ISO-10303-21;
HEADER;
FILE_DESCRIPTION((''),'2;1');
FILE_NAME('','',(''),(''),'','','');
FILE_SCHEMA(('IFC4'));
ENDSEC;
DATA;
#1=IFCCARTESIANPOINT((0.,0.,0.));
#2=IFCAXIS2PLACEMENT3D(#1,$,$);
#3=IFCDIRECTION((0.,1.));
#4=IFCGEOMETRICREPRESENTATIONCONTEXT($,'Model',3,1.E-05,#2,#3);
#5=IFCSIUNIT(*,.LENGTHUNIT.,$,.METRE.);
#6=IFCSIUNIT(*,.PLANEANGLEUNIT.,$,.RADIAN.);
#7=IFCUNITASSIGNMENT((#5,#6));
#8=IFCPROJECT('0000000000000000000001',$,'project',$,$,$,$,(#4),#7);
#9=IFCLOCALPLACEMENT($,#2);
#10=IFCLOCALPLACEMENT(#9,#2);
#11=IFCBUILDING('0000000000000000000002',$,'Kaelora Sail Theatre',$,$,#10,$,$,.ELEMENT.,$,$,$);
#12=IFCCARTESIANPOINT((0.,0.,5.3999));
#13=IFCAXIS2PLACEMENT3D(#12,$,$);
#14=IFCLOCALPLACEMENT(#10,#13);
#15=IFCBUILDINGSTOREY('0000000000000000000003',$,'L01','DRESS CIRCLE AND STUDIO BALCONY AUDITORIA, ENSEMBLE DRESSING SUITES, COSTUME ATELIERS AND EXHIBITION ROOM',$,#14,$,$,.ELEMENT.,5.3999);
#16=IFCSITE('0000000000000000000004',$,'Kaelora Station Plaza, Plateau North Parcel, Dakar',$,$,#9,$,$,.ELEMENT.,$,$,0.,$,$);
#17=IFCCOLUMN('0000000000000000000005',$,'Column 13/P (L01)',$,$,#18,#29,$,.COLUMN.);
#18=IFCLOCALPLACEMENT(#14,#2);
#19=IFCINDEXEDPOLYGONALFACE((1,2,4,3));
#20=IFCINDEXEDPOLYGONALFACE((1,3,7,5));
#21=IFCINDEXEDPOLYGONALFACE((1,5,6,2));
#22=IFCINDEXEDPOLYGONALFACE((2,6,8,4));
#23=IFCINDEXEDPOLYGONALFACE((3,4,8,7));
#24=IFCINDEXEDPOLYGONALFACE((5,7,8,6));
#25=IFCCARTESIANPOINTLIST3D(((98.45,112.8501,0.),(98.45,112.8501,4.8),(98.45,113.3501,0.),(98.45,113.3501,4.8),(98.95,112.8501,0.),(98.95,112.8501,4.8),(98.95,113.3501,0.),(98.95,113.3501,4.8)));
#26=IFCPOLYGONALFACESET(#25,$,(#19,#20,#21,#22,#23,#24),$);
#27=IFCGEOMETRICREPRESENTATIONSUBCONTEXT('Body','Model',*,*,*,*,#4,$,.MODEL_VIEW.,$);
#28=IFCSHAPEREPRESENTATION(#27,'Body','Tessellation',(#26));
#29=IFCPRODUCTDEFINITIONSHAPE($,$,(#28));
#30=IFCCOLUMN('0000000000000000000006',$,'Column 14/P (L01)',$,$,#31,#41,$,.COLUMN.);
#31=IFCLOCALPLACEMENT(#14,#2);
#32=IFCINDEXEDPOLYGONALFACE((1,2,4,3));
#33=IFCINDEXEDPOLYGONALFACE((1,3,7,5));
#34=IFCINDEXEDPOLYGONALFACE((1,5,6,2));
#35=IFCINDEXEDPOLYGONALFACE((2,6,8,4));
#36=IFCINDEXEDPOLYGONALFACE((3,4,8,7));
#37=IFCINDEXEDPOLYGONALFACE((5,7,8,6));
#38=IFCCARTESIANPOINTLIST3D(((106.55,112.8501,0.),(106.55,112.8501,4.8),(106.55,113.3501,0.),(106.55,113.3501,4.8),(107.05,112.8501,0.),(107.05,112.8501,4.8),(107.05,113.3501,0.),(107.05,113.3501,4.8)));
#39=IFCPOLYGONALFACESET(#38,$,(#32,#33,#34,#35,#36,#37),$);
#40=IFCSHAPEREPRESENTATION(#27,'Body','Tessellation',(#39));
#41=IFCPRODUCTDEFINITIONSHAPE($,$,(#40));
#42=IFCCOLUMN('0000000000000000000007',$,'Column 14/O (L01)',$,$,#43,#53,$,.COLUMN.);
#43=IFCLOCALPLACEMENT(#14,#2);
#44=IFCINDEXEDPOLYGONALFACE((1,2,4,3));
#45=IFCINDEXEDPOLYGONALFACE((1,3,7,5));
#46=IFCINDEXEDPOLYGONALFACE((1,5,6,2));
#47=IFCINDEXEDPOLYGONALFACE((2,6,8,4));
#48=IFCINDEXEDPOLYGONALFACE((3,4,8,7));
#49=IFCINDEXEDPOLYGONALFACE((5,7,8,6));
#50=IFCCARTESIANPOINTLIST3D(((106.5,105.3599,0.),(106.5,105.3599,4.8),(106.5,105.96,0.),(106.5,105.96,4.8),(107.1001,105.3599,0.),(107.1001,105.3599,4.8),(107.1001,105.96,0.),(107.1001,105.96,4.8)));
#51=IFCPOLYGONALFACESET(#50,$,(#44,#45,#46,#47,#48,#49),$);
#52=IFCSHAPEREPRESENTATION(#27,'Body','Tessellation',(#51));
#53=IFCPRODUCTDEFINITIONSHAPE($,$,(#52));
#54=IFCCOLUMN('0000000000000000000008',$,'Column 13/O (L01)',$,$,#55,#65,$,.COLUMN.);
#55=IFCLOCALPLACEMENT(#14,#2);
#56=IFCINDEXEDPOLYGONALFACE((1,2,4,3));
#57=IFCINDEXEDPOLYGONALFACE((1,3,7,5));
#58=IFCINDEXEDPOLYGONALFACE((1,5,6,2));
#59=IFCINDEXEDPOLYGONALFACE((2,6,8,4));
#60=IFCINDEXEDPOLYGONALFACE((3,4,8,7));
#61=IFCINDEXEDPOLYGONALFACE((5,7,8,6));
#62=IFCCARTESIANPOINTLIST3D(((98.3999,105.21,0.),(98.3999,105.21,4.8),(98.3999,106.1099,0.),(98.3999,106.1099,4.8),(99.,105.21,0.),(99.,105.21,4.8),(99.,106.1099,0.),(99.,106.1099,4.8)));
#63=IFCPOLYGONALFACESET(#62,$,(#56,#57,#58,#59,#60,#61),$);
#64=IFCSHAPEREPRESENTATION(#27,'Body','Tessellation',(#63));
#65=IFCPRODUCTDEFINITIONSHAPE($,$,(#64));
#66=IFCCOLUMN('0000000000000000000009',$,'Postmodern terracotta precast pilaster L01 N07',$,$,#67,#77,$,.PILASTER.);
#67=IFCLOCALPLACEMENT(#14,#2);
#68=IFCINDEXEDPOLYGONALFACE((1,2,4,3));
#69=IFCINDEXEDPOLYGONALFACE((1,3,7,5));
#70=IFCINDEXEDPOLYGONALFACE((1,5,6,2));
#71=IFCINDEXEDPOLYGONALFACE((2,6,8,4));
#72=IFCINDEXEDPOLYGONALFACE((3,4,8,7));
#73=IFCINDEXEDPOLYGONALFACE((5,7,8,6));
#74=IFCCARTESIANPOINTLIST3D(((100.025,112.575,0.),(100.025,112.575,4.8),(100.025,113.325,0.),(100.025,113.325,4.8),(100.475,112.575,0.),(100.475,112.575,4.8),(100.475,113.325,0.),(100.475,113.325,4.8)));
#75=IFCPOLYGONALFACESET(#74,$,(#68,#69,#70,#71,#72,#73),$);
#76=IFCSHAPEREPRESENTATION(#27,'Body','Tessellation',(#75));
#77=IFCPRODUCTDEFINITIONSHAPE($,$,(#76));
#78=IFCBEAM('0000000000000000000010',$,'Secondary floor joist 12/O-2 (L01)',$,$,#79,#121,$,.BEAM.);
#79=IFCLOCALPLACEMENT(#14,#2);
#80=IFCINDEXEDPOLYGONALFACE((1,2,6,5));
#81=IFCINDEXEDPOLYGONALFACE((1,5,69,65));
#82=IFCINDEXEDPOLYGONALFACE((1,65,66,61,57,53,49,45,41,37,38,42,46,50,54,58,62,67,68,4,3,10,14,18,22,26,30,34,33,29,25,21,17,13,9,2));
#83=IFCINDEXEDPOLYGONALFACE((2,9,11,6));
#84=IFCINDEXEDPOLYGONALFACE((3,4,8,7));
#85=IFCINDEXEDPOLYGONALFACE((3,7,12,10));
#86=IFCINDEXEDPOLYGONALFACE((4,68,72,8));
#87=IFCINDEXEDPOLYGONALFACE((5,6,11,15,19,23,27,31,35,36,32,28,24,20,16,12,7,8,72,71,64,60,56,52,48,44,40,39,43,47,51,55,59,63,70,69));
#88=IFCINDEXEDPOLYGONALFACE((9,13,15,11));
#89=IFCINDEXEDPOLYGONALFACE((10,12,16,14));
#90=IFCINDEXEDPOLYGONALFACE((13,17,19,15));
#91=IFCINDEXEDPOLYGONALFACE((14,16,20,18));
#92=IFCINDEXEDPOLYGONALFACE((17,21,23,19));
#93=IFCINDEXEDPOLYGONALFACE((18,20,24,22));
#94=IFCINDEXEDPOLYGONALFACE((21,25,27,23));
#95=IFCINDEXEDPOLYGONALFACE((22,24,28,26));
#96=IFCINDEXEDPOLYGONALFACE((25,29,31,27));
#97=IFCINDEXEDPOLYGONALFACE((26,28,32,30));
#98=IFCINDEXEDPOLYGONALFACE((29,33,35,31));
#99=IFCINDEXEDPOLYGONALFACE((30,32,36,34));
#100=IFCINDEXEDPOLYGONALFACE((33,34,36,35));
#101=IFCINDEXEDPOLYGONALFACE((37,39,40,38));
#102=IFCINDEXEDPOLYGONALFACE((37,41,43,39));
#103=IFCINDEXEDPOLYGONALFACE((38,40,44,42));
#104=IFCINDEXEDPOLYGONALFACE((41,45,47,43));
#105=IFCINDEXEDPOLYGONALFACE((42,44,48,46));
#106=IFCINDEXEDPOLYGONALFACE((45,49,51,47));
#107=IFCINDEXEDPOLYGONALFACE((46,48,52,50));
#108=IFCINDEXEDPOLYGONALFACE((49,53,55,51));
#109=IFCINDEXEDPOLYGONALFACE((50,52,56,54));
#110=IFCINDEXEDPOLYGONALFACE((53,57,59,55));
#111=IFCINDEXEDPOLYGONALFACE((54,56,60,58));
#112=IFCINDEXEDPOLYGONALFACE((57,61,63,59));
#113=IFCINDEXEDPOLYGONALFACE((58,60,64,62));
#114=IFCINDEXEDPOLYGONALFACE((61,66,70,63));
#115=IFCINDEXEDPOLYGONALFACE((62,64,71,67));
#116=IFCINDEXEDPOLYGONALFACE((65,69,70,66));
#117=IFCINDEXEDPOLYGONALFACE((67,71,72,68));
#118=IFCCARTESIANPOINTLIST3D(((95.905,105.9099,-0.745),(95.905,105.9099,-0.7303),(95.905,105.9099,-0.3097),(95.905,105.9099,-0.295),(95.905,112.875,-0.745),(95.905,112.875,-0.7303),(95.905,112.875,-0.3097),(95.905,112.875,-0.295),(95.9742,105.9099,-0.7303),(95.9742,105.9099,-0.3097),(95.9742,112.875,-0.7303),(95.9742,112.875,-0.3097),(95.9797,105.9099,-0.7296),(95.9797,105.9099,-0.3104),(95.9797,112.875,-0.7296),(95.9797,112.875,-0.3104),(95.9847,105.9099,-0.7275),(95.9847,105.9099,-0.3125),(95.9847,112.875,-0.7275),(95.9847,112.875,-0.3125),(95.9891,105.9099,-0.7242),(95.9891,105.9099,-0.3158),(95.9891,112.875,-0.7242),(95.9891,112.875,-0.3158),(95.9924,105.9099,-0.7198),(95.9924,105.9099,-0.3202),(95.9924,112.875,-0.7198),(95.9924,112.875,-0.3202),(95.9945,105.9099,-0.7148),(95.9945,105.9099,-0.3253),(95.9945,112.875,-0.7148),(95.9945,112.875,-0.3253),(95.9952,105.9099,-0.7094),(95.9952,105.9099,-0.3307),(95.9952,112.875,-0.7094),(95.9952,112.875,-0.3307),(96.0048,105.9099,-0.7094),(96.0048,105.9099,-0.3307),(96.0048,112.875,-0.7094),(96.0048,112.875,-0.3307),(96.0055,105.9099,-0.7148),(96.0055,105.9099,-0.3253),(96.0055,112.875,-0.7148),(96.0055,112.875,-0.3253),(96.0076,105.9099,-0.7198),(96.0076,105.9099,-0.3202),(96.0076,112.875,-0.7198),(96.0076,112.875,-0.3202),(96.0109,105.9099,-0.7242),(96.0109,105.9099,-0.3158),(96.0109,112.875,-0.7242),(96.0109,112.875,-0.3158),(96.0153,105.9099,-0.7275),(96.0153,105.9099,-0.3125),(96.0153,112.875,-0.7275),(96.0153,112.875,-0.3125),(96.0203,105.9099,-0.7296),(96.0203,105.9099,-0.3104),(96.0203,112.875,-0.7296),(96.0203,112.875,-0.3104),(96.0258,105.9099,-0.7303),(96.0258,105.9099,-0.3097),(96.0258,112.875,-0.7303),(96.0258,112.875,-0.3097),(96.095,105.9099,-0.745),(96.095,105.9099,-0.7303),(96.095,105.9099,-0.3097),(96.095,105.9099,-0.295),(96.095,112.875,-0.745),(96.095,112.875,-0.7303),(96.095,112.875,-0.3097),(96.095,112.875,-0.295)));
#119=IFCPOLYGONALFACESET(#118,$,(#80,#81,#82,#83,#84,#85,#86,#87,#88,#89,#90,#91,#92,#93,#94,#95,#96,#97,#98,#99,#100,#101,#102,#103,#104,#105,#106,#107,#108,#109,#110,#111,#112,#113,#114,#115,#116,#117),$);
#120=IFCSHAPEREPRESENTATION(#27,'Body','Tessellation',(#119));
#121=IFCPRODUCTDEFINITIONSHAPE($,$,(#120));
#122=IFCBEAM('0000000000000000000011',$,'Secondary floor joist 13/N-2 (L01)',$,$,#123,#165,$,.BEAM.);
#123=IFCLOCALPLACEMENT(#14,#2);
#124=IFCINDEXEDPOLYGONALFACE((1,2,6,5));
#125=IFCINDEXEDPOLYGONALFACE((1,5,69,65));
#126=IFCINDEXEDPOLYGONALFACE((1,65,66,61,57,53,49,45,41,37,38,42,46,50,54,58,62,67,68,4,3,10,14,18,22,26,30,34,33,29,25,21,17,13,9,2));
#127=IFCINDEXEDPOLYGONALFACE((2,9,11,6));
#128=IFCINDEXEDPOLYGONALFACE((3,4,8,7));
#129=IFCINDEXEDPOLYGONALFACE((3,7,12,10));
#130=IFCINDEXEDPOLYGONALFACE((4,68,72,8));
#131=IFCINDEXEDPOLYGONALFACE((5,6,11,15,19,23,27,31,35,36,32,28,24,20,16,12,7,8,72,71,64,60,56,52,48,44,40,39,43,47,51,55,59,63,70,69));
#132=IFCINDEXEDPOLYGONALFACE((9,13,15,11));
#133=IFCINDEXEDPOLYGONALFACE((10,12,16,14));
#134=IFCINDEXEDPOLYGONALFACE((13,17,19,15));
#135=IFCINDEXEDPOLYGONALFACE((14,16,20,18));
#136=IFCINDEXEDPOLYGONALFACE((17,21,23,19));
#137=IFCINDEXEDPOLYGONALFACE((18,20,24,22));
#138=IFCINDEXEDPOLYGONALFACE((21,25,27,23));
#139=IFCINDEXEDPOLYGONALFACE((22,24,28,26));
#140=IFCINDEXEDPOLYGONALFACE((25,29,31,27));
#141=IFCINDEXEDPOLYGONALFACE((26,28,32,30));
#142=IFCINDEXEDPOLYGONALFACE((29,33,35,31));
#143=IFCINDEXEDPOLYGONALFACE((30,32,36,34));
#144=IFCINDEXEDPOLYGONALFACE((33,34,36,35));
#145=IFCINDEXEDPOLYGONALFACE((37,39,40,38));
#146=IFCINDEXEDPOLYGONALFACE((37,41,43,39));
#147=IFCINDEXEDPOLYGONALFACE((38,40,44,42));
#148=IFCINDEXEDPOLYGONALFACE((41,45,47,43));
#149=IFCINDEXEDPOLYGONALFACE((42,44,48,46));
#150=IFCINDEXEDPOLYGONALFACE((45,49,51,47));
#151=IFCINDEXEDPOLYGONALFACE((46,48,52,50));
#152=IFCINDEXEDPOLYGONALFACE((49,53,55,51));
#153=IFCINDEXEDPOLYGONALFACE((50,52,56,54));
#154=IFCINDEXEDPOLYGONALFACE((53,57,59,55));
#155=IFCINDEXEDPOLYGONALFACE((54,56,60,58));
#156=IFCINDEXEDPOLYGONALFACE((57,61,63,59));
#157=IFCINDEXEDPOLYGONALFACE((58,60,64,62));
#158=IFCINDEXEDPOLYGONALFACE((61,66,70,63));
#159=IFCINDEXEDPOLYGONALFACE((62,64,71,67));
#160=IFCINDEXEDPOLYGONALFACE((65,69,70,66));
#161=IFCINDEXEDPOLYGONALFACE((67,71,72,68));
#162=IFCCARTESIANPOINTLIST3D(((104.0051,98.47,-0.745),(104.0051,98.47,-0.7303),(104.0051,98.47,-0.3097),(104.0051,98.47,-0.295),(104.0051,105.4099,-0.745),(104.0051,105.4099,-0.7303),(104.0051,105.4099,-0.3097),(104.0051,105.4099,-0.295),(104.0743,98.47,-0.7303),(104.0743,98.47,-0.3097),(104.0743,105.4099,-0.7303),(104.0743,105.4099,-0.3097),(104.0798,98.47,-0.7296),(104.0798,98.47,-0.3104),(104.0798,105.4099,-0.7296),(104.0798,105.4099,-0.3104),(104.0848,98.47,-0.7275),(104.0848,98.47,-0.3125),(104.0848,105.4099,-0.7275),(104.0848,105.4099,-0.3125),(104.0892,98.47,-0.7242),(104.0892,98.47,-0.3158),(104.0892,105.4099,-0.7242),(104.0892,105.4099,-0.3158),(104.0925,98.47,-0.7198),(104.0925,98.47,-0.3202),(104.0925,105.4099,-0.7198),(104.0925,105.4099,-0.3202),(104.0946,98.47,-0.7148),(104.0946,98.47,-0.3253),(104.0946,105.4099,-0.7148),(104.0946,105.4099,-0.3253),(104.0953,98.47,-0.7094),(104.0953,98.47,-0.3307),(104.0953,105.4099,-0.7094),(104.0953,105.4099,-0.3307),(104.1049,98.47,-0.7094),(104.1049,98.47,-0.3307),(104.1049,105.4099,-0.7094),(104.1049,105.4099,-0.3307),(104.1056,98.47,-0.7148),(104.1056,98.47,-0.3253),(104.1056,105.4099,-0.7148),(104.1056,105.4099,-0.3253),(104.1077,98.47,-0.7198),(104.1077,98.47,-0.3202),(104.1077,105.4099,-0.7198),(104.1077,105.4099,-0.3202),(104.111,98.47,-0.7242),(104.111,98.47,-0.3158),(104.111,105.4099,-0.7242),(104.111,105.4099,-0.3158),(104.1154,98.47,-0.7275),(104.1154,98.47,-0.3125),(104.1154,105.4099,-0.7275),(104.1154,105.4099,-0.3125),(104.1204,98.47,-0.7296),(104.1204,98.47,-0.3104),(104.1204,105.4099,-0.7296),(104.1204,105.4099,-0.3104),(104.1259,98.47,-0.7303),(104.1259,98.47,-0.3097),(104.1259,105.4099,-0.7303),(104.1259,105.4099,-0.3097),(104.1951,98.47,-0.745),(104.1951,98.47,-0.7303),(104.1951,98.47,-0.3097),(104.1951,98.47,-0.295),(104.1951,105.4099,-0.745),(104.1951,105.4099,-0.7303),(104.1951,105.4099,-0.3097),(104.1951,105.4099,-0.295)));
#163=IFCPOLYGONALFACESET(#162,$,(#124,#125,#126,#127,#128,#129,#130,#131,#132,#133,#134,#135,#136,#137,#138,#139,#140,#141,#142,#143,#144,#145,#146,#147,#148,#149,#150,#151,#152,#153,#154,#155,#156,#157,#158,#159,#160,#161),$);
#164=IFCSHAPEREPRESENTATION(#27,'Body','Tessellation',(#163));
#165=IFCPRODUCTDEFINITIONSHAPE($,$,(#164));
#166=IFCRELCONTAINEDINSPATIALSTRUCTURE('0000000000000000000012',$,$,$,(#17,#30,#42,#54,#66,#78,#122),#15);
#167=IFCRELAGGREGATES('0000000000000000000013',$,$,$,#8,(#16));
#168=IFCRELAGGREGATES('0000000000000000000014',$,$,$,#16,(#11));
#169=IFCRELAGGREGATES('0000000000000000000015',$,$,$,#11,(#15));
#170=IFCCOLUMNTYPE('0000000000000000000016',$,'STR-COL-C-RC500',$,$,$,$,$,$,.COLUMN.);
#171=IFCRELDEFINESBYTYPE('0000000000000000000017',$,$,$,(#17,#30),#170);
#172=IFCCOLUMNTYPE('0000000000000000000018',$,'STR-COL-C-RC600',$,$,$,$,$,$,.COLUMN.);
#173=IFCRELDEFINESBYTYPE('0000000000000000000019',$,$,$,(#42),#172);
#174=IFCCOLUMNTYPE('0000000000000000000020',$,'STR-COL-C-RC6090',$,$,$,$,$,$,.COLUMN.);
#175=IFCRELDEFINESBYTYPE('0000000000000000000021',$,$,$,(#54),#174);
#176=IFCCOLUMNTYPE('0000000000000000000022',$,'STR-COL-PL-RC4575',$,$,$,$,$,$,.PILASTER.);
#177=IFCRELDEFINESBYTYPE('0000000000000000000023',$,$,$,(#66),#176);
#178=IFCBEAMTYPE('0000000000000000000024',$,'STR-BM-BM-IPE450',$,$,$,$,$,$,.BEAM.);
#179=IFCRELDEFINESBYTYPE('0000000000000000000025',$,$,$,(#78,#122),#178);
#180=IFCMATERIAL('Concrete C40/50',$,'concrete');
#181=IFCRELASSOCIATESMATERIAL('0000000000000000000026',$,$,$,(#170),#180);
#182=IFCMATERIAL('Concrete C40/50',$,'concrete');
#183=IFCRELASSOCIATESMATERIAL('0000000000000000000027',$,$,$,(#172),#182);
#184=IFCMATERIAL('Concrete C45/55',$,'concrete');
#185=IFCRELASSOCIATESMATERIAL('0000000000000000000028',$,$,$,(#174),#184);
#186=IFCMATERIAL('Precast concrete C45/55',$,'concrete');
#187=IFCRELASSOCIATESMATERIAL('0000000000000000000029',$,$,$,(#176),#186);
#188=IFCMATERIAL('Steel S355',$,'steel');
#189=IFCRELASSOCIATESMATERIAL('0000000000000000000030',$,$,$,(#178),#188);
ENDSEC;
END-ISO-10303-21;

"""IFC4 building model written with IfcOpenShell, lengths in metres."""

from ifc_helpers import new_model, si_unit, direction, frame, origin, origin_2d, place, context, subcontext, project, spatial, rectangle, i_section, extrude, material, material_profile, profile_set, type_object, element, save


model = new_model("IFC4")

# Units and contexts
model_context = context("Model", 3, precision=1e-05, world=origin(), true_north=direction((0.0, 1.0)))
body_context = subcontext(model_context, "Body", "Model", "MODEL_VIEW")
ifc_project = project(units=[si_unit("LENGTHUNIT", "METRE"), si_unit("PLANEANGLEUNIT", "RADIAN")], contexts=[model_context])

# Site, building, storey
site_placement = place(None, origin())
site = spatial("IfcSite", under=ifc_project, at=site_placement, Name="Kaelora Station Plaza, Plateau North Parcel, Dakar", CompositionType="ELEMENT", RefElevation=0.0)
building_placement = place(site_placement, origin())
building = spatial("IfcBuilding", under=site, at=building_placement, Name="Kaelora Sail Theatre", CompositionType="ELEMENT")
storey_placement = place(building_placement, frame((0.0, 0.0, 5.3999)))
storey = spatial("IfcBuildingStorey", under=building, at=storey_placement, Name="L01", Description="DRESS CIRCLE AND STUDIO BALCONY AUDITORIA, ENSEMBLE DRESSING SUITES, COSTUME ATELIERS AND EXHIBITION ROOM", CompositionType="ELEMENT", Elevation=5.3999)

# Columns
ifc_material_1 = material(Name="Concrete C40/50", Category="concrete")
ifc_material_profile_1 = material_profile(ifc_material_1, rectangle(XDim=0.5, YDim=0.5, at=origin_2d()), Name="RC-COL 500x500")
ifc_profile_set_1 = profile_set([ifc_material_profile_1], Name="Concrete C40/50")
column_type_1 = type_object("IfcColumnType", Name="STR-COL-C-RC500", PredefinedType="COLUMN", material=ifc_profile_set_1)
for number, where, z_axis, x_axis, name in (
    (1, (98.7, 113.1001, 0.0), (0.0, 0.0, 1.0), (1.0, 0.0, 0.0), "Column 13/P (L01)"),
    (2, (106.8, 113.1001, 0.0), (0.0, 0.0, 1.0), (1.0, 0.0, 0.0), "Column 14/P (L01)"),
):
    element("IfcColumn", number, at=place(storey_placement, frame(where, z_axis=z_axis, x_axis=x_axis)), inside=storey, type_object=column_type_1, Name=name, PredefinedType="COLUMN", context=body_context, shape_type="SweptSolid", body=[
        extrude(rectangle(XDim=0.5, YDim=0.5, at=origin_2d()), origin(), (0.0, 0.0, 1.0), 4.8),
    ])
ifc_material_2 = material(Name="Concrete C40/50", Category="concrete")
ifc_material_profile_2 = material_profile(ifc_material_2, rectangle(XDim=0.6001, YDim=0.6001, at=origin_2d()), Name="RC-COL 600x600")
ifc_profile_set_2 = profile_set([ifc_material_profile_2], Name="Concrete C40/50")
column_type_2 = type_object("IfcColumnType", Name="STR-COL-C-RC600", PredefinedType="COLUMN", material=ifc_profile_set_2)
column_1_placement = place(storey_placement, frame((106.8, 105.6599, 0.0), z_axis=(0.0, 0.0, 1.0), x_axis=(1.0, 0.0, 0.0)))
element("IfcColumn", 3, at=column_1_placement, inside=storey, type_object=column_type_2, Name="Column 14/O (L01)", PredefinedType="COLUMN", context=body_context, shape_type="SweptSolid", body=[
    extrude(rectangle(XDim=0.6001, YDim=0.6001, at=origin_2d()), origin(), (0.0, 0.0, 1.0), 4.8),
])
ifc_material_3 = material(Name="Concrete C45/55", Category="concrete")
ifc_material_profile_3 = material_profile(ifc_material_3, rectangle(XDim=0.6001, YDim=0.8999, at=origin_2d()), Name="RC-COL 600x900")
ifc_profile_set_3 = profile_set([ifc_material_profile_3], Name="Concrete C45/55")
column_type_3 = type_object("IfcColumnType", Name="STR-COL-C-RC6090", PredefinedType="COLUMN", material=ifc_profile_set_3)
column_2_placement = place(storey_placement, frame((98.7, 105.6599, 0.0), z_axis=(0.0, 0.0, 1.0), x_axis=(1.0, 0.0, 0.0)))
element("IfcColumn", 4, at=column_2_placement, inside=storey, type_object=column_type_3, Name="Column 13/O (L01)", PredefinedType="COLUMN", context=body_context, shape_type="SweptSolid", body=[
    extrude(rectangle(XDim=0.6001, YDim=0.8999, at=origin_2d()), origin(), (0.0, 0.0, 1.0), 4.8),
])
ifc_material_4 = material(Name="Precast concrete C45/55", Category="concrete")
ifc_material_profile_4 = material_profile(ifc_material_4, rectangle(XDim=0.45, YDim=0.75, at=origin_2d()), Name="RC-PIL 450x750")
ifc_profile_set_4 = profile_set([ifc_material_profile_4], Name="Precast concrete C45/55")
column_type_4 = type_object("IfcColumnType", Name="STR-COL-PL-RC4575", PredefinedType="PILASTER", material=ifc_profile_set_4)
column_3_placement = place(storey_placement, frame((100.25, 112.95, 0.0), z_axis=(0.0, 0.0, 1.0), x_axis=(1.0, 0.0, 0.0)))
element("IfcColumn", 5, at=column_3_placement, inside=storey, type_object=column_type_4, Name="Postmodern terracotta precast pilaster L01 N07", PredefinedType="PILASTER", context=body_context, shape_type="SweptSolid", body=[
    extrude(rectangle(XDim=0.45, YDim=0.75, at=origin_2d()), origin(), (0.0, 0.0, 1.0), 4.8),
])

# Beams
ifc_material_5 = material(Name="Steel S355", Category="steel")
ifc_material_profile_5 = material_profile(ifc_material_5, i_section(OverallWidth=0.1899, OverallDepth=0.45, WebThickness=0.0095, FlangeThickness=0.0146, FilletRadius=0.021, at=origin_2d()), Name="IPE 450")
ifc_profile_set_5 = profile_set([ifc_material_profile_5], Name="Steel S355")
beam_type_1 = type_object("IfcBeamType", Name="STR-BM-BM-IPE450", PredefinedType="BEAM", material=ifc_profile_set_5)
beam_1_placement = place(storey_placement, frame((96.0, 105.9099, -0.52), z_axis=(0.0, 1.0, 0.0), x_axis=(-1.0, 0.0, 0.0)))
element("IfcBeam", 6, at=beam_1_placement, inside=storey, type_object=beam_type_1, Name="Secondary floor joist 12/O-2 (L01)", PredefinedType="BEAM", context=body_context, shape_type="SweptSolid", body=[
    extrude(i_section(OverallWidth=0.1899, OverallDepth=0.45, WebThickness=0.0095, FlangeThickness=0.0146, FilletRadius=0.021, at=origin_2d()), origin(), (0.0, 0.0, 1.0), 6.9651),
])
beam_2_placement = place(storey_placement, frame((104.1001, 98.47, -0.52), z_axis=(0.0, 1.0, 0.0), x_axis=(-1.0, 0.0, 0.0)))
element("IfcBeam", 7, at=beam_2_placement, inside=storey, type_object=beam_type_1, Name="Secondary floor joist 13/N-2 (L01)", PredefinedType="BEAM", context=body_context, shape_type="SweptSolid", body=[
    extrude(i_section(OverallWidth=0.1899, OverallDepth=0.45, WebThickness=0.0095, FlangeThickness=0.0146, FilletRadius=0.021, at=origin_2d()), origin(), (0.0, 0.0, 1.0), 6.9399),
])

save(model, "model.ifc")
